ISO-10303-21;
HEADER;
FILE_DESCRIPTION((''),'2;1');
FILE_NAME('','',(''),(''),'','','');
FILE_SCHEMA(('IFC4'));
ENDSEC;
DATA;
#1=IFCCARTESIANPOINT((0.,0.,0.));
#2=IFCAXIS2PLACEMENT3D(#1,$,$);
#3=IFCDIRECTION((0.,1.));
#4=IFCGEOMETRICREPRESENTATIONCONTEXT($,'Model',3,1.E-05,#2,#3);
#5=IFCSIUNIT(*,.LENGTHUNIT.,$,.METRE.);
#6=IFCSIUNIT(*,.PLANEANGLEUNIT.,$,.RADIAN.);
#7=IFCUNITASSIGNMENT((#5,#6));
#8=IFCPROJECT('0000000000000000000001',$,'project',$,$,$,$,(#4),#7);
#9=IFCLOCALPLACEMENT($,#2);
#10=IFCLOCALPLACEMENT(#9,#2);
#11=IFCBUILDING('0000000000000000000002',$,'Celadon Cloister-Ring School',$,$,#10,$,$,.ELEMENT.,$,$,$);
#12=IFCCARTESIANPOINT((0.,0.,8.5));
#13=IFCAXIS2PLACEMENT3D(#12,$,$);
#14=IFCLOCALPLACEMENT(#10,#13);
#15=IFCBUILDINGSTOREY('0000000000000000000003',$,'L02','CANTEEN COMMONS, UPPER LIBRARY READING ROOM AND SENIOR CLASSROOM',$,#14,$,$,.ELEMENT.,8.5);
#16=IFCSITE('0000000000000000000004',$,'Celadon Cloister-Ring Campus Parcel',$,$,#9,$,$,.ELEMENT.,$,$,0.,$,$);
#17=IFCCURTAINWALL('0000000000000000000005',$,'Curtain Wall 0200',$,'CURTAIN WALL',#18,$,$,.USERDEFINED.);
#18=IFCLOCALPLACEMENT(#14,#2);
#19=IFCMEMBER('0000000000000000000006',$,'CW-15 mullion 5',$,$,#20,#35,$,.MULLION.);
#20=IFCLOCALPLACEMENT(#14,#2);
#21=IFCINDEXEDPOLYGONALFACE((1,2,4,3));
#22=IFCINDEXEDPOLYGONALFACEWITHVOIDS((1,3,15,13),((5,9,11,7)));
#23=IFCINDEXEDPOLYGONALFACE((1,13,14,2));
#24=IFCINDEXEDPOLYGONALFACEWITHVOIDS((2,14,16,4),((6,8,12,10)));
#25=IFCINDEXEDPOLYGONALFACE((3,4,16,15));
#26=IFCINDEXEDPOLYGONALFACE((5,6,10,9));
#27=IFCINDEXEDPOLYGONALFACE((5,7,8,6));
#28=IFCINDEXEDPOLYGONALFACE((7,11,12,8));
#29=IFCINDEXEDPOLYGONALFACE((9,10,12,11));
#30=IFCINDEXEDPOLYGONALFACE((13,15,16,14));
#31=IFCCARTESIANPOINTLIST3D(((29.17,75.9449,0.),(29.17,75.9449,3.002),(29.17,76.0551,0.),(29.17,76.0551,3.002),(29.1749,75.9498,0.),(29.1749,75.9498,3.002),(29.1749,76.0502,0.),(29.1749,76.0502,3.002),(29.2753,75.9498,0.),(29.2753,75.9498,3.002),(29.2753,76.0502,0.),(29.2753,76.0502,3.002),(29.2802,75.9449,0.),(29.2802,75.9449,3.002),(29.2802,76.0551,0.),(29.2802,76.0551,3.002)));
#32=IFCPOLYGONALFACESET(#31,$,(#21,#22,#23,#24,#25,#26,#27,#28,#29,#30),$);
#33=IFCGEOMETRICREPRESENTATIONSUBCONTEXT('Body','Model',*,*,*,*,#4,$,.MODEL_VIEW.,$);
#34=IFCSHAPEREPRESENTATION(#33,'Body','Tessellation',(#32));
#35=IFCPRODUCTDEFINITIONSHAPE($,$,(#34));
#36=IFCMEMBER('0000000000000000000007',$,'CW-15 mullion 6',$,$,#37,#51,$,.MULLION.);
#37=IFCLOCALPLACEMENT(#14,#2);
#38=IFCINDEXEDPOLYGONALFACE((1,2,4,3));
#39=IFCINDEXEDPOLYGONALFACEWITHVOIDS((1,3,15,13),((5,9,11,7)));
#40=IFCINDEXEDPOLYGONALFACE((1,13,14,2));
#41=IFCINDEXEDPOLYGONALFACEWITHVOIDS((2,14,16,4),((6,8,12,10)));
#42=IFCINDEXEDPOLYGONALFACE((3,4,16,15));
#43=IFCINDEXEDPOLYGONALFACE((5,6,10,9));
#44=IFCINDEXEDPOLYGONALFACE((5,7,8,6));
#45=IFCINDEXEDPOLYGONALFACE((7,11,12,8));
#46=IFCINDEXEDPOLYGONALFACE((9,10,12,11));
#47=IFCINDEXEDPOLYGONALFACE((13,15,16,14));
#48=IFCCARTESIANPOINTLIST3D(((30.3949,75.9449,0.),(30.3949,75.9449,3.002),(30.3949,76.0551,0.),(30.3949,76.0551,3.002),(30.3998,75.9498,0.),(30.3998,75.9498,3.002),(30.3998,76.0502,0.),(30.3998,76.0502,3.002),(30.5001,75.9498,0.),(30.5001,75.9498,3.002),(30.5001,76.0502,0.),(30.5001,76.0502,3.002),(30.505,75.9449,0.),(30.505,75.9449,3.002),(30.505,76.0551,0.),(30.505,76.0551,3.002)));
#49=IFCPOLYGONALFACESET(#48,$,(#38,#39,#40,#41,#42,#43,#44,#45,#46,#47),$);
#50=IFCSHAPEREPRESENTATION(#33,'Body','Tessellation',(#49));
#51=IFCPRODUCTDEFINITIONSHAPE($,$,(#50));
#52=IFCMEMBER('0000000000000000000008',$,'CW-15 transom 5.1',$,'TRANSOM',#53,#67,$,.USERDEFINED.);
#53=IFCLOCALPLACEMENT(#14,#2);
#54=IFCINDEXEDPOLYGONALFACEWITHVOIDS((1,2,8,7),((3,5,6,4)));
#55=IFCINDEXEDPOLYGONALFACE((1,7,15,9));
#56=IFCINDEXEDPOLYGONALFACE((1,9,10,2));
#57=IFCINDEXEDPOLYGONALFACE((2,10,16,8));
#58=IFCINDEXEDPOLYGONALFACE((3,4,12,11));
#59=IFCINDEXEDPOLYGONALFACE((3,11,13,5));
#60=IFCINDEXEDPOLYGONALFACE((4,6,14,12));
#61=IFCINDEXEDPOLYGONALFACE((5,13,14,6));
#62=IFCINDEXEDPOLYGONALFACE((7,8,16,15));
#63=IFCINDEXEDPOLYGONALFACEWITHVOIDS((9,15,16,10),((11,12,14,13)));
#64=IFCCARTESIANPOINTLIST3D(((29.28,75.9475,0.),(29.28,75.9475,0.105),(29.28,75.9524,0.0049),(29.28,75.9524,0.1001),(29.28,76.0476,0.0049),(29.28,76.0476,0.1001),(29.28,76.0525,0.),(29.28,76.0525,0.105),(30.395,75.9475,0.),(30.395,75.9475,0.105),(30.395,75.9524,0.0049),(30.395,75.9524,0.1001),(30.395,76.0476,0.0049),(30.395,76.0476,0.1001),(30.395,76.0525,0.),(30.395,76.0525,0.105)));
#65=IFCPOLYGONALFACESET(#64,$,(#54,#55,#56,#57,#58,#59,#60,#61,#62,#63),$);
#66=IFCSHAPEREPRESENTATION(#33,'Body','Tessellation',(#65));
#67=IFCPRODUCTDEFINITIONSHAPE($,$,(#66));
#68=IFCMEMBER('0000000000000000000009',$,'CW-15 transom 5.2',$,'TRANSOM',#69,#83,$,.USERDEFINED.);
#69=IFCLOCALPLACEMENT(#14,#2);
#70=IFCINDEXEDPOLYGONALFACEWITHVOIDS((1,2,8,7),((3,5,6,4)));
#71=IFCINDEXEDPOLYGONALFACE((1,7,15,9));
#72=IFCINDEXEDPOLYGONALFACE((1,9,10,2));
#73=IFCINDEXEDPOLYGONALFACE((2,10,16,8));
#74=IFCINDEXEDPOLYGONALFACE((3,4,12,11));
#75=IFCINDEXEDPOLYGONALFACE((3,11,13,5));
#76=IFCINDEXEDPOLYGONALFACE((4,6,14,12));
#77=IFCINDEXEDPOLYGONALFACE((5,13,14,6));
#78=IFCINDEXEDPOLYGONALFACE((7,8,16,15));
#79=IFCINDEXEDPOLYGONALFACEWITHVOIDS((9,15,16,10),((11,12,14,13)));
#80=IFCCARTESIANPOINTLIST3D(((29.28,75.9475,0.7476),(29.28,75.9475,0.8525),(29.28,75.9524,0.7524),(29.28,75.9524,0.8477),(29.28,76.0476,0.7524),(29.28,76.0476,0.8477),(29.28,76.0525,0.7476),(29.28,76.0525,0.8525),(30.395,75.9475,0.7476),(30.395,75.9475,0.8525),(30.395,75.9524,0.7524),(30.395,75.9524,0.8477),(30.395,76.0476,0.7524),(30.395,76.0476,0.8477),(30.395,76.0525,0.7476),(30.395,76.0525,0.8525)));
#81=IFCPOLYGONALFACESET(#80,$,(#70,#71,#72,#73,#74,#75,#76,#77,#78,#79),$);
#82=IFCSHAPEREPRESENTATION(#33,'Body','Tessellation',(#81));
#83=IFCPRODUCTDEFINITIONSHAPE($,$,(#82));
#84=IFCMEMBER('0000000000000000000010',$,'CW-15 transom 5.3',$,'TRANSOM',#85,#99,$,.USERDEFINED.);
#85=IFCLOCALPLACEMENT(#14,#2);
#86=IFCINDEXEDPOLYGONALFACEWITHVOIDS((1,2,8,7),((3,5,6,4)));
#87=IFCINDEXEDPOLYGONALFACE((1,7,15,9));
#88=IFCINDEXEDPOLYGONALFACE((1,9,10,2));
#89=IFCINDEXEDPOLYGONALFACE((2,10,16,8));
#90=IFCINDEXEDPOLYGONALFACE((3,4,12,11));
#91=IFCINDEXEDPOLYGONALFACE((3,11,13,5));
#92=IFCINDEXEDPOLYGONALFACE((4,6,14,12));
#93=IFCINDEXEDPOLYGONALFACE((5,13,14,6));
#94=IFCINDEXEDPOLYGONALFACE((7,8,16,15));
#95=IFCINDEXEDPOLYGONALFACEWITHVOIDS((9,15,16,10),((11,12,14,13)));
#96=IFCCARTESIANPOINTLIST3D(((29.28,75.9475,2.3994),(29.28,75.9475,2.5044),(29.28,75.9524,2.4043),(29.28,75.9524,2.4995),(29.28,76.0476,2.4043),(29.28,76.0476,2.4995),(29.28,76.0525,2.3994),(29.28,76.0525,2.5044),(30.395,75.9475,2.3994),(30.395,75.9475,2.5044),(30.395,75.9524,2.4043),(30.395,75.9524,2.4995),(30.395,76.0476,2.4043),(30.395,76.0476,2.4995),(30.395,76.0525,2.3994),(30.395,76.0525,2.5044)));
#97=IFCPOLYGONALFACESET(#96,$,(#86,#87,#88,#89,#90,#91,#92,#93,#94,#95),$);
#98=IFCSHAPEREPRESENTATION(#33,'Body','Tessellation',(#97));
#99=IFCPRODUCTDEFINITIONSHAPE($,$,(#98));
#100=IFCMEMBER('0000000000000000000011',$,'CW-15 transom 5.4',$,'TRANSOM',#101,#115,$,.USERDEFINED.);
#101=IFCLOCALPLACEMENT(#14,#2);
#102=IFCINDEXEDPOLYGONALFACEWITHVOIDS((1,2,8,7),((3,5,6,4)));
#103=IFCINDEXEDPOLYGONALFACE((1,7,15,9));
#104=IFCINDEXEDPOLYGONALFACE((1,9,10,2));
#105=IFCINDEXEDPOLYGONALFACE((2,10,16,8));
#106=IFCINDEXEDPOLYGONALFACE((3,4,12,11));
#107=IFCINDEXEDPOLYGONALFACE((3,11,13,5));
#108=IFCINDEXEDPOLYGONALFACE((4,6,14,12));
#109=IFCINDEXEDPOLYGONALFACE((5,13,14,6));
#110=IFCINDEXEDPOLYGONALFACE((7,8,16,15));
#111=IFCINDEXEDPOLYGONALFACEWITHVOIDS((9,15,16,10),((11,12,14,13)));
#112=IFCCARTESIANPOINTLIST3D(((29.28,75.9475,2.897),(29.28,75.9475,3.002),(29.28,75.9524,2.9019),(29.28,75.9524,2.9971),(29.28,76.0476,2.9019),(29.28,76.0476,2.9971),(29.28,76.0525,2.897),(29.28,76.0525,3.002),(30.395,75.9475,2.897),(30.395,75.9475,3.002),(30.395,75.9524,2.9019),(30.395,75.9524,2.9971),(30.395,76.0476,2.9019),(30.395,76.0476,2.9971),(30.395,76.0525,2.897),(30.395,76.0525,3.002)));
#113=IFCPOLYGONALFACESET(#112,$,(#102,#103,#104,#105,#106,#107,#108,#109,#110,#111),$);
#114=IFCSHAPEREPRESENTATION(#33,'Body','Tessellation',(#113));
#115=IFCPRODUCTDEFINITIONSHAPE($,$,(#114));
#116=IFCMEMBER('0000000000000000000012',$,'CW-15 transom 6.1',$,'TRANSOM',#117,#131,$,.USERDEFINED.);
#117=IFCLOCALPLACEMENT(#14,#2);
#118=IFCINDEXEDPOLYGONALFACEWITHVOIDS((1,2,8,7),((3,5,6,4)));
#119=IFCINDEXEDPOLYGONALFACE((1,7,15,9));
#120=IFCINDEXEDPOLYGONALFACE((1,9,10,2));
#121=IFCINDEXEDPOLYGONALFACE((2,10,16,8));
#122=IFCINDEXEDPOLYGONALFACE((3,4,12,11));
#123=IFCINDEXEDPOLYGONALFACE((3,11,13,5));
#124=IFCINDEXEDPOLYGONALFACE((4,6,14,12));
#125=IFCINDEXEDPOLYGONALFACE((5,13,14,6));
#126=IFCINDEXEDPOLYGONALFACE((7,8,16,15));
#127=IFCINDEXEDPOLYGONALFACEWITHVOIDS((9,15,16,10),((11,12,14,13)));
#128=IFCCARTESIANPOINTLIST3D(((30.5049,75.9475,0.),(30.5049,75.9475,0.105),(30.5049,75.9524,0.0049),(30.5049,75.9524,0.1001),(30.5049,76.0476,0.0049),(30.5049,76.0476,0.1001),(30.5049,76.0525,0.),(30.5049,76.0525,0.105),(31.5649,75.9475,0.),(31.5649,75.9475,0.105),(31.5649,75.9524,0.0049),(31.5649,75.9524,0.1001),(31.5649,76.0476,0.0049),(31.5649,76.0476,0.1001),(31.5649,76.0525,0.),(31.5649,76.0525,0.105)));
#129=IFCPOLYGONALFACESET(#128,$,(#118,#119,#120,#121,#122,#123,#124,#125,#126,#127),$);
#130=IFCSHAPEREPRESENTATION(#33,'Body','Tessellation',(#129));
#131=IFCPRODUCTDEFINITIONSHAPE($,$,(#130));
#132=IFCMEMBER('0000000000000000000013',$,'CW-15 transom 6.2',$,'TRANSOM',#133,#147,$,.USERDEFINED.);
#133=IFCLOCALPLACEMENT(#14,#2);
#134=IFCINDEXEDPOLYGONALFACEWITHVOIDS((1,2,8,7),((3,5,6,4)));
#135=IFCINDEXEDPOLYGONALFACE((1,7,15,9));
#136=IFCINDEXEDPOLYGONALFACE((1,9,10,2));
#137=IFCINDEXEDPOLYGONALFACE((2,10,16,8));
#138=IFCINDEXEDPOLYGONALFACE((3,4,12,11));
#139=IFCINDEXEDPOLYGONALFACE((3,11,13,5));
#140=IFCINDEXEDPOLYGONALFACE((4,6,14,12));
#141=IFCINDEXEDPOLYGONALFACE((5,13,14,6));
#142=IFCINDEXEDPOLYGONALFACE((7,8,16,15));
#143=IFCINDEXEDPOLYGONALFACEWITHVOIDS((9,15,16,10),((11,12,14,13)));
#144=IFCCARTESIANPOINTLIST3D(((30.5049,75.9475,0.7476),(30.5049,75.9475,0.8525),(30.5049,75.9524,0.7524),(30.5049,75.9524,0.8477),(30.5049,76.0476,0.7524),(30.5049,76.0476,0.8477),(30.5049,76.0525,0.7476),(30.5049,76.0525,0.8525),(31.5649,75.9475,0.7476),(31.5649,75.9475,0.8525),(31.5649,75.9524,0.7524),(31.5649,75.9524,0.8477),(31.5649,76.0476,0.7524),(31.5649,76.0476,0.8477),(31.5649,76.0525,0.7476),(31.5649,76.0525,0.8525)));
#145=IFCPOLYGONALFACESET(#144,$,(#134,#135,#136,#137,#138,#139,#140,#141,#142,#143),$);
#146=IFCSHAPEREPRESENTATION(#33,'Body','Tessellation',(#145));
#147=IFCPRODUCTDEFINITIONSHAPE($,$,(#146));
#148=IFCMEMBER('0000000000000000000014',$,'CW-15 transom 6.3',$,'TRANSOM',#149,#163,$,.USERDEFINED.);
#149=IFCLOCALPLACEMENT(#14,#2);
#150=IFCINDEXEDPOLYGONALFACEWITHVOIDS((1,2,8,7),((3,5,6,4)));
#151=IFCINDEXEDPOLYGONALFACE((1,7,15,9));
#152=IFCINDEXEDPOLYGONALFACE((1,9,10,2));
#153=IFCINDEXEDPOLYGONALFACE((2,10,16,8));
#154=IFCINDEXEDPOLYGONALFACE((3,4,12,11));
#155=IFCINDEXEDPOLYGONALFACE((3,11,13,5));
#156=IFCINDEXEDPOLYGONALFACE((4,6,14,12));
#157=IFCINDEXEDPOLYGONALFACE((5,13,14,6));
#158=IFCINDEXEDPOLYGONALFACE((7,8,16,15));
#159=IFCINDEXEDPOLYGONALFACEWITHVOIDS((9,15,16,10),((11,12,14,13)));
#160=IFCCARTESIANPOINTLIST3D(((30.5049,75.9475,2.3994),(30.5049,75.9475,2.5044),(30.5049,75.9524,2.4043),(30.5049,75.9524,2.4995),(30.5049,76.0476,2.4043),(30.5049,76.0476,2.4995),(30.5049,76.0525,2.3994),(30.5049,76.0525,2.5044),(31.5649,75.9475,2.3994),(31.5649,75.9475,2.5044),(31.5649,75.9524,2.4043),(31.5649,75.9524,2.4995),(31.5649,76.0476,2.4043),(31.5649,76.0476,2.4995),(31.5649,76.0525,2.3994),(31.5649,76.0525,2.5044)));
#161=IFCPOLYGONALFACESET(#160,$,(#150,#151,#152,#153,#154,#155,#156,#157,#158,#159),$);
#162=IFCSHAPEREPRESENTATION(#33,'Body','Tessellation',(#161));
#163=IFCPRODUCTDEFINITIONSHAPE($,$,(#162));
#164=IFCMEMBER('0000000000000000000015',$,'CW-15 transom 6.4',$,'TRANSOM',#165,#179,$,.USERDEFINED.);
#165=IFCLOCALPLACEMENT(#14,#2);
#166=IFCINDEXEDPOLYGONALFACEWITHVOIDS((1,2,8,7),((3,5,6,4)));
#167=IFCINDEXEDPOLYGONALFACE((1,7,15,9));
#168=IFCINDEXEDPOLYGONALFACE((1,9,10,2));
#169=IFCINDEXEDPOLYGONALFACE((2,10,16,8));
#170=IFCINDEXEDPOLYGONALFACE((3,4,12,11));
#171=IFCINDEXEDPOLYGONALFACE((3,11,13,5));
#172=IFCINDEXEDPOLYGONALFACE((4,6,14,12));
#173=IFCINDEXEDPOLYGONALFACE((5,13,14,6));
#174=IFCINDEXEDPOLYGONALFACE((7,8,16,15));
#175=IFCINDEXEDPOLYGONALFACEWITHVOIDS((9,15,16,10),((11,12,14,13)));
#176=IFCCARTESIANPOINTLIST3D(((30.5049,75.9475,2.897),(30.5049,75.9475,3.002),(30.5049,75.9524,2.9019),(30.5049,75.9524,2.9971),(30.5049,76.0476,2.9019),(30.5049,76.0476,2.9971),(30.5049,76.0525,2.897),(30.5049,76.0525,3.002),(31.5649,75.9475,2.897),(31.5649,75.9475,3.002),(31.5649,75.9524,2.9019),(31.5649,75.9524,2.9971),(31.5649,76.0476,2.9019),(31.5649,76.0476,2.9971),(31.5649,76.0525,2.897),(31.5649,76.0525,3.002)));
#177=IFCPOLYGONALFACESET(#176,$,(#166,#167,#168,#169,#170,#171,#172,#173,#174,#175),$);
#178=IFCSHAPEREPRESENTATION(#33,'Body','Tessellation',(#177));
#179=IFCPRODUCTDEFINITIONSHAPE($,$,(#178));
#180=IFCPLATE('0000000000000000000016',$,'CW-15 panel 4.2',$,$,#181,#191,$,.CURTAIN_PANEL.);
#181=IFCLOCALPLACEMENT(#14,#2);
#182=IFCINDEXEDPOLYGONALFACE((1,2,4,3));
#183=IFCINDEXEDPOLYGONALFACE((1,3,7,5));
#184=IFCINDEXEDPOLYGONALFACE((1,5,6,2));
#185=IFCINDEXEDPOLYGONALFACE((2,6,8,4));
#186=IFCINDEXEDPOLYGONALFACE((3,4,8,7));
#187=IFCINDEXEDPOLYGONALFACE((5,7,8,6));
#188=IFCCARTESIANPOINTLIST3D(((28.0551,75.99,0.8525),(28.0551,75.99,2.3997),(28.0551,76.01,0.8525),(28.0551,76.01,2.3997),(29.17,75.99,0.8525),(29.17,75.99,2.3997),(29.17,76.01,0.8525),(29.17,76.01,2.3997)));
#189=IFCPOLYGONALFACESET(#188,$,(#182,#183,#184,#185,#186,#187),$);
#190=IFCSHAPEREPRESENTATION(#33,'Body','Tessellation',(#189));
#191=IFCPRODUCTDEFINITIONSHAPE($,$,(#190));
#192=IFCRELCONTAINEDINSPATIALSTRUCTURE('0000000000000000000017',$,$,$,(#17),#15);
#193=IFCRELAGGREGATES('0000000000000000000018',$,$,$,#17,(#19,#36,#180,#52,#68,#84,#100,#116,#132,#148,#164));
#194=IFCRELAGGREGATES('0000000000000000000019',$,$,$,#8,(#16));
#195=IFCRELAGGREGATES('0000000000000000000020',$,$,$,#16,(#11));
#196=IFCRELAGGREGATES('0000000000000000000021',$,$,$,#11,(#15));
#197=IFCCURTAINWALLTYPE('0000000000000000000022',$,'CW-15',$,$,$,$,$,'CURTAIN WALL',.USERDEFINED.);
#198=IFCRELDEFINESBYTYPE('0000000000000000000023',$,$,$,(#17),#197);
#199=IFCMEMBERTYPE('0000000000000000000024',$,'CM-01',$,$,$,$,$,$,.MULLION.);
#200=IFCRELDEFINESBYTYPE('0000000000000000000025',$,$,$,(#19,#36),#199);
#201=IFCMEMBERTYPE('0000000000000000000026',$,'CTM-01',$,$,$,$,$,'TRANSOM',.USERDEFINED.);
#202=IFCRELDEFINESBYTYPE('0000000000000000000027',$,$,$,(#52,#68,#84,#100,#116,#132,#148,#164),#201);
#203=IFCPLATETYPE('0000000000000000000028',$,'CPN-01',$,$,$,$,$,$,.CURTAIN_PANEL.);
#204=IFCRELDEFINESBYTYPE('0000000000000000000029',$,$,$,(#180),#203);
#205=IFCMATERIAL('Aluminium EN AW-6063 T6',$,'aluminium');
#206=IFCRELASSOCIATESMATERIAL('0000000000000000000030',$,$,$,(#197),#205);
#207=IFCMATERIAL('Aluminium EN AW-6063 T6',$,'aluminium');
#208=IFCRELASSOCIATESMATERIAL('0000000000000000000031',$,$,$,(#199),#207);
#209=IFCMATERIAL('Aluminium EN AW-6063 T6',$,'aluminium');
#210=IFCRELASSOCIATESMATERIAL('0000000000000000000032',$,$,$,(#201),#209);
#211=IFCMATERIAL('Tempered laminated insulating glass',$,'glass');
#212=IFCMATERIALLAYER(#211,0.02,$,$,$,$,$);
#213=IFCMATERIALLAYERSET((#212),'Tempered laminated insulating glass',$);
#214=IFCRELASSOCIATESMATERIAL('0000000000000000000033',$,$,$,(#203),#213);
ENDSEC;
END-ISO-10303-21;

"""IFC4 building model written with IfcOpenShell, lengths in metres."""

from ifc_helpers import new_model, si_unit, direction, frame, origin, origin_2d, place, context, subcontext, project, spatial, rectangle, hollow_rectangle, extrude, material, layer, layer_set, material_profile, profile_set, type_object, element, aggregate, save


model = new_model("IFC4")

# Units and contexts
model_context = context("Model", 3, precision=1e-05, world=origin(), true_north=direction((0.0, 1.0)))
body_context = subcontext(model_context, "Body", "Model", "MODEL_VIEW")
ifc_project = project(units=[si_unit("LENGTHUNIT", "METRE"), si_unit("PLANEANGLEUNIT", "RADIAN")], contexts=[model_context])

# Site, building, storey
site_placement = place(None, origin())
site = spatial("IfcSite", under=ifc_project, at=site_placement, Name="Celadon Cloister-Ring Campus Parcel", CompositionType="ELEMENT", RefElevation=0.0)
building_placement = place(site_placement, origin())
building = spatial("IfcBuilding", under=site, at=building_placement, Name="Celadon Cloister-Ring School", CompositionType="ELEMENT")
storey_placement = place(building_placement, frame((0.0, 0.0, 8.5)))
storey = spatial("IfcBuildingStorey", under=building, at=storey_placement, Name="L02", Description="CANTEEN COMMONS, UPPER LIBRARY READING ROOM AND SENIOR CLASSROOM", CompositionType="ELEMENT", Elevation=8.5)

# Curtain wall, members, plate
ifc_material_1 = material(Name="Aluminium EN AW-6063 T6", Category="aluminium")
curtain_wall_type = type_object("IfcCurtainWallType", Name="CW-15", ElementType="CURTAIN WALL", PredefinedType="USERDEFINED", material=ifc_material_1)
curtain_wall_placement = place(storey_placement, origin())
curtain_wall = element("IfcCurtainWall", 1, at=curtain_wall_placement, inside=storey, type_object=curtain_wall_type, Name="Curtain Wall 0200", ObjectType="CURTAIN WALL", PredefinedType="USERDEFINED")
ifc_material_2 = material(Name="Aluminium EN AW-6063 T6", Category="aluminium")
ifc_material_profile_1 = material_profile(ifc_material_2, hollow_rectangle(XDim=0.1101, YDim=0.1101, WallThickness=0.0049, at=origin_2d()), Name="RHS110X110X5")
ifc_profile_set_1 = profile_set([ifc_material_profile_1], Name="Aluminium EN AW-6063 T6")
member_type_1 = type_object("IfcMemberType", Name="CM-01", PredefinedType="MULLION", material=ifc_profile_set_1)
member_1_placement = place(storey_placement, frame((29.2251, 76.0, 0.0), z_axis=(0.0, 0.0, 1.0), x_axis=(0.0, 1.0, 0.0)))
member_1 = element("IfcMember", 2, at=member_1_placement, type_object=member_type_1, Name="CW-15 mullion 5", PredefinedType="MULLION", context=body_context, shape_type="SweptSolid", body=[
    extrude(hollow_rectangle(XDim=0.1101, YDim=0.1101, WallThickness=0.0049, at=origin_2d()), origin(), (0.0, 0.0, 1.0), 3.002),
])
member_2_placement = place(storey_placement, frame((30.45, 76.0, 0.0), z_axis=(0.0, 0.0, 1.0), x_axis=(0.0, 1.0, 0.0)))
member_2 = element("IfcMember", 3, at=member_2_placement, type_object=member_type_1, Name="CW-15 mullion 6", PredefinedType="MULLION", context=body_context, shape_type="SweptSolid", body=[
    extrude(hollow_rectangle(XDim=0.1101, YDim=0.1101, WallThickness=0.0049, at=origin_2d()), origin(), (0.0, 0.0, 1.0), 3.002),
])
ifc_material_3 = material(Name="Aluminium EN AW-6063 T6", Category="aluminium")
ifc_material_profile_2 = material_profile(ifc_material_3, hollow_rectangle(XDim=0.105, YDim=0.105, WallThickness=0.0049, at=origin_2d()), Name="RHS105X105X5")
ifc_profile_set_2 = profile_set([ifc_material_profile_2], Name="Aluminium EN AW-6063 T6")
member_type_2 = type_object("IfcMemberType", Name="CTM-01", ElementType="TRANSOM", PredefinedType="USERDEFINED", material=ifc_profile_set_2)
member_3_placement = place(storey_placement, frame((29.28, 76.0, 0.0525), z_axis=(1.0, 0.0, 0.0), x_axis=(0.0, 1.0, 0.0)))
member_3 = element("IfcMember", 4, at=member_3_placement, type_object=member_type_2, Name="CW-15 transom 5.1", ObjectType="TRANSOM", PredefinedType="USERDEFINED", context=body_context, shape_type="SweptSolid", body=[
    extrude(hollow_rectangle(XDim=0.105, YDim=0.105, WallThickness=0.0049, at=origin_2d()), origin(), (0.0, 0.0, 1.0), 1.115),
])
member_4_placement = place(storey_placement, frame((29.28, 76.0, 0.8), z_axis=(1.0, 0.0, 0.0), x_axis=(0.0, 1.0, 0.0)))
member_4 = element("IfcMember", 5, at=member_4_placement, type_object=member_type_2, Name="CW-15 transom 5.2", ObjectType="TRANSOM", PredefinedType="USERDEFINED", context=body_context, shape_type="SweptSolid", body=[
    extrude(hollow_rectangle(XDim=0.105, YDim=0.105, WallThickness=0.0049, at=origin_2d()), origin(), (0.0, 0.0, 1.0), 1.115),
])
member_5_placement = place(storey_placement, frame((29.28, 76.0, 2.4519), z_axis=(1.0, 0.0, 0.0), x_axis=(0.0, 1.0, 0.0)))
member_5 = element("IfcMember", 6, at=member_5_placement, type_object=member_type_2, Name="CW-15 transom 5.3", ObjectType="TRANSOM", PredefinedType="USERDEFINED", context=body_context, shape_type="SweptSolid", body=[
    extrude(hollow_rectangle(XDim=0.105, YDim=0.105, WallThickness=0.0049, at=origin_2d()), origin(), (0.0, 0.0, 1.0), 1.115),
])
member_6_placement = place(storey_placement, frame((29.28, 76.0, 2.9495), z_axis=(1.0, 0.0, 0.0), x_axis=(0.0, 1.0, 0.0)))
member_6 = element("IfcMember", 7, at=member_6_placement, type_object=member_type_2, Name="CW-15 transom 5.4", ObjectType="TRANSOM", PredefinedType="USERDEFINED", context=body_context, shape_type="SweptSolid", body=[
    extrude(hollow_rectangle(XDim=0.105, YDim=0.105, WallThickness=0.0049, at=origin_2d()), origin(), (0.0, 0.0, 1.0), 1.115),
])
member_7_placement = place(storey_placement, frame((30.5049, 76.0, 0.0525), z_axis=(1.0, 0.0, 0.0), x_axis=(0.0, 1.0, 0.0)))
member_7 = element("IfcMember", 8, at=member_7_placement, type_object=member_type_2, Name="CW-15 transom 6.1", ObjectType="TRANSOM", PredefinedType="USERDEFINED", context=body_context, shape_type="SweptSolid", body=[
    extrude(hollow_rectangle(XDim=0.105, YDim=0.105, WallThickness=0.0049, at=origin_2d()), origin(), (0.0, 0.0, 1.0), 1.0601),
])
member_8_placement = place(storey_placement, frame((30.5049, 76.0, 0.8), z_axis=(1.0, 0.0, 0.0), x_axis=(0.0, 1.0, 0.0)))
member_8 = element("IfcMember", 9, at=member_8_placement, type_object=member_type_2, Name="CW-15 transom 6.2", ObjectType="TRANSOM", PredefinedType="USERDEFINED", context=body_context, shape_type="SweptSolid", body=[
    extrude(hollow_rectangle(XDim=0.105, YDim=0.105, WallThickness=0.0049, at=origin_2d()), origin(), (0.0, 0.0, 1.0), 1.0601),
])
member_9_placement = place(storey_placement, frame((30.5049, 76.0, 2.4519), z_axis=(1.0, 0.0, 0.0), x_axis=(0.0, 1.0, 0.0)))
member_9 = element("IfcMember", 10, at=member_9_placement, type_object=member_type_2, Name="CW-15 transom 6.3", ObjectType="TRANSOM", PredefinedType="USERDEFINED", context=body_context, shape_type="SweptSolid", body=[
    extrude(hollow_rectangle(XDim=0.105, YDim=0.105, WallThickness=0.0049, at=origin_2d()), origin(), (0.0, 0.0, 1.0), 1.0601),
])
member_10_placement = place(storey_placement, frame((30.5049, 76.0, 2.9495), z_axis=(1.0, 0.0, 0.0), x_axis=(0.0, 1.0, 0.0)))
member_10 = element("IfcMember", 11, at=member_10_placement, type_object=member_type_2, Name="CW-15 transom 6.4", ObjectType="TRANSOM", PredefinedType="USERDEFINED", context=body_context, shape_type="SweptSolid", body=[
    extrude(hollow_rectangle(XDim=0.105, YDim=0.105, WallThickness=0.0049, at=origin_2d()), origin(), (0.0, 0.0, 1.0), 1.0601),
])
ifc_material_4 = material(Name="Tempered laminated insulating glass", Category="glass")
ifc_layer_1 = layer(ifc_material_4, 0.02)
ifc_layer_set_1 = layer_set([ifc_layer_1], Name="Tempered laminated insulating glass")
plate_type = type_object("IfcPlateType", Name="CPN-01", PredefinedType="CURTAIN_PANEL", material=ifc_layer_set_1)
plate_1_placement = place(storey_placement, frame((28.6125, 76.0, 0.8525), z_axis=(0.0, 0.0, 1.0), x_axis=(1.0, 0.0, 0.0)))
plate_1 = element("IfcPlate", 12, at=plate_1_placement, type_object=plate_type, Name="CW-15 panel 4.2", PredefinedType="CURTAIN_PANEL", context=body_context, shape_type="SweptSolid", body=[
    extrude(rectangle(XDim=1.115, YDim=0.02, at=origin_2d()), origin(), (0.0, 0.0, 1.0), 1.5471),
])
aggregate(curtain_wall, [member_1, member_2, plate_1, member_3, member_4, member_5, member_6, member_7, member_8, member_9, member_10])

save(model, "model.ifc")
